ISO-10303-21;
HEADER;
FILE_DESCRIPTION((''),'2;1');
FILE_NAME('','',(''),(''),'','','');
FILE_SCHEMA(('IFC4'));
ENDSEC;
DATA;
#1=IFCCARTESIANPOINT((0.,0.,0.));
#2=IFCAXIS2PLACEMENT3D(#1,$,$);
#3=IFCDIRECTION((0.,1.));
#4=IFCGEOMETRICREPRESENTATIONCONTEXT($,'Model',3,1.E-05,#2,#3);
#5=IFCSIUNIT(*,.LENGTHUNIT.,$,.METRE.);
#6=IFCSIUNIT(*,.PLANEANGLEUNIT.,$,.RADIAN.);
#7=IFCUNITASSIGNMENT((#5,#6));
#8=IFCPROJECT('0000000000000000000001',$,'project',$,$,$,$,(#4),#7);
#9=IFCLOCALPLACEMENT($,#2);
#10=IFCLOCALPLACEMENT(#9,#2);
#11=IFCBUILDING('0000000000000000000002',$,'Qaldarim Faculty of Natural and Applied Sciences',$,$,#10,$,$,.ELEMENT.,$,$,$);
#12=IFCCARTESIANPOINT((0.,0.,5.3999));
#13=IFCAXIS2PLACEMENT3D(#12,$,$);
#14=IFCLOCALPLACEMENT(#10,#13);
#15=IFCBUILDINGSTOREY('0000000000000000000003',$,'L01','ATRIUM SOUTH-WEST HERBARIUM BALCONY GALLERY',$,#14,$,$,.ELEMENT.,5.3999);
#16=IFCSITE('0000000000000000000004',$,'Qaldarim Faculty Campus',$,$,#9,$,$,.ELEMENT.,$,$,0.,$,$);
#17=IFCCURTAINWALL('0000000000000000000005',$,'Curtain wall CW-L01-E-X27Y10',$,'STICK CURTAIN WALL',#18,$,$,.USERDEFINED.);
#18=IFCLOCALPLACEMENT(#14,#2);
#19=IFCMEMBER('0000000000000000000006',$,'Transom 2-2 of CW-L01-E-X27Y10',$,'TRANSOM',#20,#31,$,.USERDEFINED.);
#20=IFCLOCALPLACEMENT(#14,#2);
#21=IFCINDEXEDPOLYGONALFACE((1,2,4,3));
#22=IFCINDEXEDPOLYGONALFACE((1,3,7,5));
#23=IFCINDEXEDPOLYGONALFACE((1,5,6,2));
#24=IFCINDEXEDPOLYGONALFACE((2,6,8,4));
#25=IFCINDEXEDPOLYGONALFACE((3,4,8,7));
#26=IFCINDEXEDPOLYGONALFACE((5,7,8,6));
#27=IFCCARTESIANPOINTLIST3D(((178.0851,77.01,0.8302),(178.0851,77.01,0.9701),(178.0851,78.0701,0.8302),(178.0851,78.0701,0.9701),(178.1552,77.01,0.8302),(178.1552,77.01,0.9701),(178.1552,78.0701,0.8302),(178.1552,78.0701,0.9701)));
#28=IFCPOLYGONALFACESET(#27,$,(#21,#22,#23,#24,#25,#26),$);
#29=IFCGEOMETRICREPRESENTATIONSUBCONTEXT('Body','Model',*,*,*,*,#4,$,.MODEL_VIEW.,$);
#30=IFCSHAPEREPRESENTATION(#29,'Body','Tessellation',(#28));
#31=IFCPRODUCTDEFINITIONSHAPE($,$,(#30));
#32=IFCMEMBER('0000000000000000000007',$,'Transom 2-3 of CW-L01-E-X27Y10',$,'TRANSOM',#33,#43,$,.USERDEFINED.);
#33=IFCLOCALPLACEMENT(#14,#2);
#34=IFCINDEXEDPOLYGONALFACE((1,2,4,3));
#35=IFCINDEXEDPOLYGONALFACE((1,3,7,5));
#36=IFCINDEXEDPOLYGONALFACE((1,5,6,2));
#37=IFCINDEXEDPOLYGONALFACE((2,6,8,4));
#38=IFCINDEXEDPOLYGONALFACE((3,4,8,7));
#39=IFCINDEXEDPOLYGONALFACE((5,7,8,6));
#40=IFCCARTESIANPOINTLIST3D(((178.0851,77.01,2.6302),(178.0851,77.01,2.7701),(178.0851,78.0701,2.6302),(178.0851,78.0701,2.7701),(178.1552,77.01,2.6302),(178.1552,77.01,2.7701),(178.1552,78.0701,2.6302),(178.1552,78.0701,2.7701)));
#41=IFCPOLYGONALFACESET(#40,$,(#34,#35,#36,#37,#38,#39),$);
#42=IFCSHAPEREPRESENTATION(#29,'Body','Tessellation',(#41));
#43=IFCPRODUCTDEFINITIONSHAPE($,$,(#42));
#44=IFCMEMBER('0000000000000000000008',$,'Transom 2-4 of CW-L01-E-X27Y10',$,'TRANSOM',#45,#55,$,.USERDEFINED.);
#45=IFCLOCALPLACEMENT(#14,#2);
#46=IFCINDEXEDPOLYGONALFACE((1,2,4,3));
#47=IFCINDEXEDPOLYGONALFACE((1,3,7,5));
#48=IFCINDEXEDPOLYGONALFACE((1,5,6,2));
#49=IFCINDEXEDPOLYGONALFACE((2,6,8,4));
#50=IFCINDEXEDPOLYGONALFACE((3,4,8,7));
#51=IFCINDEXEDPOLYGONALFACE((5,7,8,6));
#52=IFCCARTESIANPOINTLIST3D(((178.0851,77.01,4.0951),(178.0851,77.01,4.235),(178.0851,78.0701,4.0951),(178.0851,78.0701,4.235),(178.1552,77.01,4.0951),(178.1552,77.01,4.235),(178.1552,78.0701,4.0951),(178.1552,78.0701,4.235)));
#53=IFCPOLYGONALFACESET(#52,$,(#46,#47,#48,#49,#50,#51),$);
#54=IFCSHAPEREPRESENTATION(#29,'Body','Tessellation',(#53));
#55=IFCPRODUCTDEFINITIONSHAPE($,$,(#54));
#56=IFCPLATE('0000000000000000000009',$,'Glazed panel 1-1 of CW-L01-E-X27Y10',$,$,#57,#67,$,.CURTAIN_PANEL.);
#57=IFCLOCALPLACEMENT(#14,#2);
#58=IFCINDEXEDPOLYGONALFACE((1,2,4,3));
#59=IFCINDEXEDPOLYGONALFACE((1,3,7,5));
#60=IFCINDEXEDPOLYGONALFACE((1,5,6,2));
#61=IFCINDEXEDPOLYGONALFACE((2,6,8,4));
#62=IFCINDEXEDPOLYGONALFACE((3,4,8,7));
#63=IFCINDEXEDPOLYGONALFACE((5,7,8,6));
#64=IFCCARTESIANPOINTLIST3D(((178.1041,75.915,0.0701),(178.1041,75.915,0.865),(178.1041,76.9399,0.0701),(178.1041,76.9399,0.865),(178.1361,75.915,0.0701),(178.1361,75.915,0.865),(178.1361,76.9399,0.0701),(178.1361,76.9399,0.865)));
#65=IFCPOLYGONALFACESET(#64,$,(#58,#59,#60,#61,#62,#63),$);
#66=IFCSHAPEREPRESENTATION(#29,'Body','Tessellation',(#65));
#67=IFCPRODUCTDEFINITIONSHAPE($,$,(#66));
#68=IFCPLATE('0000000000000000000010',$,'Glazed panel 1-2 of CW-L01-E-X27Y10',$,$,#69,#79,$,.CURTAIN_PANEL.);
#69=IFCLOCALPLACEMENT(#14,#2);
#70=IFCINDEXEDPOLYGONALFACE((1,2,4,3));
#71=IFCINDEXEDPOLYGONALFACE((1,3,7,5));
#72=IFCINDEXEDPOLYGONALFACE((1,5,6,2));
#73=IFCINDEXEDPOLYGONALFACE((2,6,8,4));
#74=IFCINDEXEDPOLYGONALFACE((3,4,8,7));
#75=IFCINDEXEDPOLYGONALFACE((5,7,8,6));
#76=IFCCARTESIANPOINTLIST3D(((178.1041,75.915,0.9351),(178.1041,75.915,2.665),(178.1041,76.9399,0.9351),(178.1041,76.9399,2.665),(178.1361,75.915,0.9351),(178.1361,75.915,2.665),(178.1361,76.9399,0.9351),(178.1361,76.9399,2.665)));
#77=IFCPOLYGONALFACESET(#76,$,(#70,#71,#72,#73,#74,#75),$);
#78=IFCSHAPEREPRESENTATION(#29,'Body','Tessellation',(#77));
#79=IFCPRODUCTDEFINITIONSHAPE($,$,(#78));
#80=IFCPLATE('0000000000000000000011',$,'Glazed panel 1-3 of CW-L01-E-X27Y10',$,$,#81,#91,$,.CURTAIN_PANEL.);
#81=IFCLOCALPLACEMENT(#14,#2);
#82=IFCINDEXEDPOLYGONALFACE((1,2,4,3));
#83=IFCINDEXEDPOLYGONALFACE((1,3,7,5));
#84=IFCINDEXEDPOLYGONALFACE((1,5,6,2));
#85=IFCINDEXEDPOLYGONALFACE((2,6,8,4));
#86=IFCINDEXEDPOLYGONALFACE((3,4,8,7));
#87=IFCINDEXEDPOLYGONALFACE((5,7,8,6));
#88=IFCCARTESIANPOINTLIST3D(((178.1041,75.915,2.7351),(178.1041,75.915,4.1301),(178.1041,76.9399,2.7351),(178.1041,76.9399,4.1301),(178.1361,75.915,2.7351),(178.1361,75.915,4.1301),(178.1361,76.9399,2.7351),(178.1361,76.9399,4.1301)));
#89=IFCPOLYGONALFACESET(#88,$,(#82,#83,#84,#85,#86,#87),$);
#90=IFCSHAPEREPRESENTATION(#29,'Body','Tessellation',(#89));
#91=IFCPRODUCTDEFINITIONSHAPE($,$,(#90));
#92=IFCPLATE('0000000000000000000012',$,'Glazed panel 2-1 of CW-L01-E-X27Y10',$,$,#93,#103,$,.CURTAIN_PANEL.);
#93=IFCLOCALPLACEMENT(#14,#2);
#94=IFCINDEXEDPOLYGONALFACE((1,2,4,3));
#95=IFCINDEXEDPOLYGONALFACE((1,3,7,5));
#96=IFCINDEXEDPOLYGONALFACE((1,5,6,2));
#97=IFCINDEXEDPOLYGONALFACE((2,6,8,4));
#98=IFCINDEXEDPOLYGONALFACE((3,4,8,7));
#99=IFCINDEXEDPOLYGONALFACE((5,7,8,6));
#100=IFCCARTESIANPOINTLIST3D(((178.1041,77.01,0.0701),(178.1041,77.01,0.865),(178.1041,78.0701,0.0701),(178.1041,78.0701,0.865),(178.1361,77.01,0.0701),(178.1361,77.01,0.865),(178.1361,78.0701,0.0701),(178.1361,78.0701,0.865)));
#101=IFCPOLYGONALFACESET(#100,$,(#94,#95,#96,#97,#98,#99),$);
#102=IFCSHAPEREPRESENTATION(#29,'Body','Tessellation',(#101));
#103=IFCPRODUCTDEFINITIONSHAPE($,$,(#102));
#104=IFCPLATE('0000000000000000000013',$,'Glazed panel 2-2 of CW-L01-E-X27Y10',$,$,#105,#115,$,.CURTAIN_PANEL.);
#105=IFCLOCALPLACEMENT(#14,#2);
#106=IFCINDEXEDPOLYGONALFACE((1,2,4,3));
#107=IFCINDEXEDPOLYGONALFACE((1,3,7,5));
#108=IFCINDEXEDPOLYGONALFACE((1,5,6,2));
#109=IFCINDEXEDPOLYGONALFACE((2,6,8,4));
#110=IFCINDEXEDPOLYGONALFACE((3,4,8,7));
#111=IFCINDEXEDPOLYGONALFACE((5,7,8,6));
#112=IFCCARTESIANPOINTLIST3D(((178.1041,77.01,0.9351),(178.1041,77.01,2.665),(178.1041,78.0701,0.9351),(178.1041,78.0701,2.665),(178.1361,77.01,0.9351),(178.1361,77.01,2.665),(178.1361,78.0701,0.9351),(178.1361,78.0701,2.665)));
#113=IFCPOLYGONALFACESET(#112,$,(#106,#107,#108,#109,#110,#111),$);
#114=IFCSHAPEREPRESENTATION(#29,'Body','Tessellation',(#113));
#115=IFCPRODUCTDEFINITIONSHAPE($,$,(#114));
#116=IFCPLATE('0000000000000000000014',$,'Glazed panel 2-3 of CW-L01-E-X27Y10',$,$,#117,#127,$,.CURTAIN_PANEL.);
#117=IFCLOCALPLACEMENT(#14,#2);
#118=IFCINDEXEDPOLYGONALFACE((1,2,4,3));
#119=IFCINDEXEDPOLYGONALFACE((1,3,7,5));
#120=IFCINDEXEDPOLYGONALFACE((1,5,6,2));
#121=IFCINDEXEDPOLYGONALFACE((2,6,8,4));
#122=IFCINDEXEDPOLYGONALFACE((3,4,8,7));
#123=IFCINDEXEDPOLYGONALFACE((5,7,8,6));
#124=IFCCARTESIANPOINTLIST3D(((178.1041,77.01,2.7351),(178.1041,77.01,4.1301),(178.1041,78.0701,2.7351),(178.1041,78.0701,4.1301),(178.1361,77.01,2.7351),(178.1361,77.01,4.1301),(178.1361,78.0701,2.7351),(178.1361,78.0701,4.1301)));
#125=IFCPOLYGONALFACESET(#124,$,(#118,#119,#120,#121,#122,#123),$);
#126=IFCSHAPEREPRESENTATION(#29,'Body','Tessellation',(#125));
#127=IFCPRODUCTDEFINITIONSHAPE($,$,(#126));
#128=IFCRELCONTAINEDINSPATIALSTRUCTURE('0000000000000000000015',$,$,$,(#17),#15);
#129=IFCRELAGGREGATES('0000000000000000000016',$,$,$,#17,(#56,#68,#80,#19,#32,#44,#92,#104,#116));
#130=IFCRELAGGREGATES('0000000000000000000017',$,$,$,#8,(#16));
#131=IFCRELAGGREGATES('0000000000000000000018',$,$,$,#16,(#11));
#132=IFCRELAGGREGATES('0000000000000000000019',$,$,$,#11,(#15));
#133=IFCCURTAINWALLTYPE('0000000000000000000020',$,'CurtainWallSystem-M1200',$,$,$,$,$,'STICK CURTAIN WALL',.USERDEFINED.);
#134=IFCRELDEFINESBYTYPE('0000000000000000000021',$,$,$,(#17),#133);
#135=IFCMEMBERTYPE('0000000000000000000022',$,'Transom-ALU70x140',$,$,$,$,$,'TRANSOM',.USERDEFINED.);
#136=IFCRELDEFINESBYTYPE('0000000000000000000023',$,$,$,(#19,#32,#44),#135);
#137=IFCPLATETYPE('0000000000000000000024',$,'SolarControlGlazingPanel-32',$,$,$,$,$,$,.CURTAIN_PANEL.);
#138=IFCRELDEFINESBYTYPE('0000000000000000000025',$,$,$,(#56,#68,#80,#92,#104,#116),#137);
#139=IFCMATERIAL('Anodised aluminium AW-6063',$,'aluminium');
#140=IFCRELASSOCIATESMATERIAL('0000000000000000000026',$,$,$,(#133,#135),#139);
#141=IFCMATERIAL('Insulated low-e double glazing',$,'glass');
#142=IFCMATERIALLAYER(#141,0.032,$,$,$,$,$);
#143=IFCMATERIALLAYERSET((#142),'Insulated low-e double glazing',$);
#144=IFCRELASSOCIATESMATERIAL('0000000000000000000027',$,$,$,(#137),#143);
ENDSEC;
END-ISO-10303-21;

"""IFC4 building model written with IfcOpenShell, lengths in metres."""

from ifc_helpers import new_model, si_unit, direction, frame, origin, origin_2d, place, context, subcontext, project, spatial, rectangle, extrude, material, layer, layer_set, material_profile, profile_set, type_object, element, aggregate, save


model = new_model("IFC4")

# Units and contexts
model_context = context("Model", 3, precision=1e-05, world=origin(), true_north=direction((0.0, 1.0)))
body_context = subcontext(model_context, "Body", "Model", "MODEL_VIEW")
ifc_project = project(units=[si_unit("LENGTHUNIT", "METRE"), si_unit("PLANEANGLEUNIT", "RADIAN")], contexts=[model_context])

# Site, building, storey
site_placement = place(None, origin())
site = spatial("IfcSite", under=ifc_project, at=site_placement, Name="Qaldarim Faculty Campus", CompositionType="ELEMENT", RefElevation=0.0)
building_placement = place(site_placement, origin())
building = spatial("IfcBuilding", under=site, at=building_placement, Name="Qaldarim Faculty of Natural and Applied Sciences", CompositionType="ELEMENT")
storey_placement = place(building_placement, frame((0.0, 0.0, 5.3999)))
storey = spatial("IfcBuildingStorey", under=building, at=storey_placement, Name="L01", Description="ATRIUM SOUTH-WEST HERBARIUM BALCONY GALLERY", CompositionType="ELEMENT", Elevation=5.3999)

# Curtain wall
ifc_material_1 = material(Name="Anodised aluminium AW-6063", Category="aluminium")
curtain_wall_type = type_object("IfcCurtainWallType", Name="CurtainWallSystem-M1200", ElementType="STICK CURTAIN WALL", PredefinedType="USERDEFINED", material=ifc_material_1)
curtain_wall_placement = place(storey_placement, origin())
curtain_wall = element("IfcCurtainWall", 1, at=curtain_wall_placement, inside=storey, type_object=curtain_wall_type, Name="Curtain wall CW-L01-E-X27Y10", ObjectType="STICK CURTAIN WALL", PredefinedType="USERDEFINED")

# Members
ifc_material_profile_1 = material_profile(ifc_material_1, rectangle(XDim=0.0701, YDim=0.1399, at=origin_2d()), Name="ALU-T70x140")
ifc_profile_set_1 = profile_set([ifc_material_profile_1], Name="Anodised aluminium AW-6063")
member_type_1 = type_object("IfcMemberType", Name="Transom-ALU70x140", ElementType="TRANSOM", PredefinedType="USERDEFINED", material=ifc_profile_set_1)
member_1_placement = place(storey_placement, frame((178.1201, 77.01, 0.9001), z_axis=(0.0, 1.0, 0.0), x_axis=(-1.0, 0.0, 0.0)))
member_1 = element("IfcMember", 2, at=member_1_placement, type_object=member_type_1, Name="Transom 2-2 of CW-L01-E-X27Y10", ObjectType="TRANSOM", PredefinedType="USERDEFINED", context=body_context, shape_type="SweptSolid", body=[
    extrude(rectangle(XDim=0.0701, YDim=0.1399, at=origin_2d()), origin(), (0.0, 0.0, 1.0), 1.0601),
])
member_2_placement = place(storey_placement, frame((178.1201, 77.01, 2.7002), z_axis=(0.0, 1.0, 0.0), x_axis=(-1.0, 0.0, 0.0)))
member_2 = element("IfcMember", 3, at=member_2_placement, type_object=member_type_1, Name="Transom 2-3 of CW-L01-E-X27Y10", ObjectType="TRANSOM", PredefinedType="USERDEFINED", context=body_context, shape_type="SweptSolid", body=[
    extrude(rectangle(XDim=0.0701, YDim=0.1399, at=origin_2d()), origin(), (0.0, 0.0, 1.0), 1.0601),
])
member_3_placement = place(storey_placement, frame((178.1201, 77.01, 4.165), z_axis=(0.0, 1.0, 0.0), x_axis=(-1.0, 0.0, 0.0)))
member_3 = element("IfcMember", 4, at=member_3_placement, type_object=member_type_1, Name="Transom 2-4 of CW-L01-E-X27Y10", ObjectType="TRANSOM", PredefinedType="USERDEFINED", context=body_context, shape_type="SweptSolid", body=[
    extrude(rectangle(XDim=0.0701, YDim=0.1399, at=origin_2d()), origin(), (0.0, 0.0, 1.0), 1.0601),
])

# Plates
ifc_material_2 = material(Name="Insulated low-e double glazing", Category="glass")
ifc_layer = layer(ifc_material_2, 0.032)
ifc_layer_set = layer_set([ifc_layer], Name="Insulated low-e double glazing")
plate_type = type_object("IfcPlateType", Name="SolarControlGlazingPanel-32", PredefinedType="CURTAIN_PANEL", material=ifc_layer_set)
plate_1_placement = place(storey_placement, frame((178.1201, 76.4275, 0.0701), z_axis=(0.0, 0.0, 1.0), x_axis=(0.0, 1.0, 0.0)))
plate_1 = element("IfcPlate", 5, at=plate_1_placement, type_object=plate_type, Name="Glazed panel 1-1 of CW-L01-E-X27Y10", PredefinedType="CURTAIN_PANEL", context=body_context, shape_type="SweptSolid", body=[
    extrude(rectangle(XDim=1.0249, YDim=0.032, at=origin_2d()), origin(), (0.0, 0.0, 1.0), 0.7949),
])
plate_2_placement = place(storey_placement, frame((178.1201, 76.4275, 0.9351), z_axis=(0.0, 0.0, 1.0), x_axis=(0.0, 1.0, 0.0)))
plate_2 = element("IfcPlate", 6, at=plate_2_placement, type_object=plate_type, Name="Glazed panel 1-2 of CW-L01-E-X27Y10", PredefinedType="CURTAIN_PANEL", context=body_context, shape_type="SweptSolid", body=[
    extrude(rectangle(XDim=1.0249, YDim=0.032, at=origin_2d()), origin(), (0.0, 0.0, 1.0), 1.73),
])
plate_3_placement = place(storey_placement, frame((178.1201, 76.4275, 2.7351), z_axis=(0.0, 0.0, 1.0), x_axis=(0.0, 1.0, 0.0)))
plate_3 = element("IfcPlate", 7, at=plate_3_placement, type_object=plate_type, Name="Glazed panel 1-3 of CW-L01-E-X27Y10", PredefinedType="CURTAIN_PANEL", context=body_context, shape_type="SweptSolid", body=[
    extrude(rectangle(XDim=1.0249, YDim=0.032, at=origin_2d()), origin(), (0.0, 0.0, 1.0), 1.395),
])
plate_4_placement = place(storey_placement, frame((178.1201, 77.54, 0.0701), z_axis=(0.0, 0.0, 1.0), x_axis=(0.0, 1.0, 0.0)))
plate_4 = element("IfcPlate", 8, at=plate_4_placement, type_object=plate_type, Name="Glazed panel 2-1 of CW-L01-E-X27Y10", PredefinedType="CURTAIN_PANEL", context=body_context, shape_type="SweptSolid", body=[
    extrude(rectangle(XDim=1.0601, YDim=0.032, at=origin_2d()), origin(), (0.0, 0.0, 1.0), 0.7949),
])
plate_5_placement = place(storey_placement, frame((178.1201, 77.54, 0.9351), z_axis=(0.0, 0.0, 1.0), x_axis=(0.0, 1.0, 0.0)))
plate_5 = element("IfcPlate", 9, at=plate_5_placement, type_object=plate_type, Name="Glazed panel 2-2 of CW-L01-E-X27Y10", PredefinedType="CURTAIN_PANEL", context=body_context, shape_type="SweptSolid", body=[
    extrude(rectangle(XDim=1.0601, YDim=0.032, at=origin_2d()), origin(), (0.0, 0.0, 1.0), 1.73),
])
plate_6_placement = place(storey_placement, frame((178.1201, 77.54, 2.7351), z_axis=(0.0, 0.0, 1.0), x_axis=(0.0, 1.0, 0.0)))
plate_6 = element("IfcPlate", 10, at=plate_6_placement, type_object=plate_type, Name="Glazed panel 2-3 of CW-L01-E-X27Y10", PredefinedType="CURTAIN_PANEL", context=body_context, shape_type="SweptSolid", body=[
    extrude(rectangle(XDim=1.0601, YDim=0.032, at=origin_2d()), origin(), (0.0, 0.0, 1.0), 1.395),
])
aggregate(curtain_wall, [plate_1, plate_2, plate_3, member_1, member_2, member_3, plate_4, plate_5, plate_6])

save(model, "model.ifc")
